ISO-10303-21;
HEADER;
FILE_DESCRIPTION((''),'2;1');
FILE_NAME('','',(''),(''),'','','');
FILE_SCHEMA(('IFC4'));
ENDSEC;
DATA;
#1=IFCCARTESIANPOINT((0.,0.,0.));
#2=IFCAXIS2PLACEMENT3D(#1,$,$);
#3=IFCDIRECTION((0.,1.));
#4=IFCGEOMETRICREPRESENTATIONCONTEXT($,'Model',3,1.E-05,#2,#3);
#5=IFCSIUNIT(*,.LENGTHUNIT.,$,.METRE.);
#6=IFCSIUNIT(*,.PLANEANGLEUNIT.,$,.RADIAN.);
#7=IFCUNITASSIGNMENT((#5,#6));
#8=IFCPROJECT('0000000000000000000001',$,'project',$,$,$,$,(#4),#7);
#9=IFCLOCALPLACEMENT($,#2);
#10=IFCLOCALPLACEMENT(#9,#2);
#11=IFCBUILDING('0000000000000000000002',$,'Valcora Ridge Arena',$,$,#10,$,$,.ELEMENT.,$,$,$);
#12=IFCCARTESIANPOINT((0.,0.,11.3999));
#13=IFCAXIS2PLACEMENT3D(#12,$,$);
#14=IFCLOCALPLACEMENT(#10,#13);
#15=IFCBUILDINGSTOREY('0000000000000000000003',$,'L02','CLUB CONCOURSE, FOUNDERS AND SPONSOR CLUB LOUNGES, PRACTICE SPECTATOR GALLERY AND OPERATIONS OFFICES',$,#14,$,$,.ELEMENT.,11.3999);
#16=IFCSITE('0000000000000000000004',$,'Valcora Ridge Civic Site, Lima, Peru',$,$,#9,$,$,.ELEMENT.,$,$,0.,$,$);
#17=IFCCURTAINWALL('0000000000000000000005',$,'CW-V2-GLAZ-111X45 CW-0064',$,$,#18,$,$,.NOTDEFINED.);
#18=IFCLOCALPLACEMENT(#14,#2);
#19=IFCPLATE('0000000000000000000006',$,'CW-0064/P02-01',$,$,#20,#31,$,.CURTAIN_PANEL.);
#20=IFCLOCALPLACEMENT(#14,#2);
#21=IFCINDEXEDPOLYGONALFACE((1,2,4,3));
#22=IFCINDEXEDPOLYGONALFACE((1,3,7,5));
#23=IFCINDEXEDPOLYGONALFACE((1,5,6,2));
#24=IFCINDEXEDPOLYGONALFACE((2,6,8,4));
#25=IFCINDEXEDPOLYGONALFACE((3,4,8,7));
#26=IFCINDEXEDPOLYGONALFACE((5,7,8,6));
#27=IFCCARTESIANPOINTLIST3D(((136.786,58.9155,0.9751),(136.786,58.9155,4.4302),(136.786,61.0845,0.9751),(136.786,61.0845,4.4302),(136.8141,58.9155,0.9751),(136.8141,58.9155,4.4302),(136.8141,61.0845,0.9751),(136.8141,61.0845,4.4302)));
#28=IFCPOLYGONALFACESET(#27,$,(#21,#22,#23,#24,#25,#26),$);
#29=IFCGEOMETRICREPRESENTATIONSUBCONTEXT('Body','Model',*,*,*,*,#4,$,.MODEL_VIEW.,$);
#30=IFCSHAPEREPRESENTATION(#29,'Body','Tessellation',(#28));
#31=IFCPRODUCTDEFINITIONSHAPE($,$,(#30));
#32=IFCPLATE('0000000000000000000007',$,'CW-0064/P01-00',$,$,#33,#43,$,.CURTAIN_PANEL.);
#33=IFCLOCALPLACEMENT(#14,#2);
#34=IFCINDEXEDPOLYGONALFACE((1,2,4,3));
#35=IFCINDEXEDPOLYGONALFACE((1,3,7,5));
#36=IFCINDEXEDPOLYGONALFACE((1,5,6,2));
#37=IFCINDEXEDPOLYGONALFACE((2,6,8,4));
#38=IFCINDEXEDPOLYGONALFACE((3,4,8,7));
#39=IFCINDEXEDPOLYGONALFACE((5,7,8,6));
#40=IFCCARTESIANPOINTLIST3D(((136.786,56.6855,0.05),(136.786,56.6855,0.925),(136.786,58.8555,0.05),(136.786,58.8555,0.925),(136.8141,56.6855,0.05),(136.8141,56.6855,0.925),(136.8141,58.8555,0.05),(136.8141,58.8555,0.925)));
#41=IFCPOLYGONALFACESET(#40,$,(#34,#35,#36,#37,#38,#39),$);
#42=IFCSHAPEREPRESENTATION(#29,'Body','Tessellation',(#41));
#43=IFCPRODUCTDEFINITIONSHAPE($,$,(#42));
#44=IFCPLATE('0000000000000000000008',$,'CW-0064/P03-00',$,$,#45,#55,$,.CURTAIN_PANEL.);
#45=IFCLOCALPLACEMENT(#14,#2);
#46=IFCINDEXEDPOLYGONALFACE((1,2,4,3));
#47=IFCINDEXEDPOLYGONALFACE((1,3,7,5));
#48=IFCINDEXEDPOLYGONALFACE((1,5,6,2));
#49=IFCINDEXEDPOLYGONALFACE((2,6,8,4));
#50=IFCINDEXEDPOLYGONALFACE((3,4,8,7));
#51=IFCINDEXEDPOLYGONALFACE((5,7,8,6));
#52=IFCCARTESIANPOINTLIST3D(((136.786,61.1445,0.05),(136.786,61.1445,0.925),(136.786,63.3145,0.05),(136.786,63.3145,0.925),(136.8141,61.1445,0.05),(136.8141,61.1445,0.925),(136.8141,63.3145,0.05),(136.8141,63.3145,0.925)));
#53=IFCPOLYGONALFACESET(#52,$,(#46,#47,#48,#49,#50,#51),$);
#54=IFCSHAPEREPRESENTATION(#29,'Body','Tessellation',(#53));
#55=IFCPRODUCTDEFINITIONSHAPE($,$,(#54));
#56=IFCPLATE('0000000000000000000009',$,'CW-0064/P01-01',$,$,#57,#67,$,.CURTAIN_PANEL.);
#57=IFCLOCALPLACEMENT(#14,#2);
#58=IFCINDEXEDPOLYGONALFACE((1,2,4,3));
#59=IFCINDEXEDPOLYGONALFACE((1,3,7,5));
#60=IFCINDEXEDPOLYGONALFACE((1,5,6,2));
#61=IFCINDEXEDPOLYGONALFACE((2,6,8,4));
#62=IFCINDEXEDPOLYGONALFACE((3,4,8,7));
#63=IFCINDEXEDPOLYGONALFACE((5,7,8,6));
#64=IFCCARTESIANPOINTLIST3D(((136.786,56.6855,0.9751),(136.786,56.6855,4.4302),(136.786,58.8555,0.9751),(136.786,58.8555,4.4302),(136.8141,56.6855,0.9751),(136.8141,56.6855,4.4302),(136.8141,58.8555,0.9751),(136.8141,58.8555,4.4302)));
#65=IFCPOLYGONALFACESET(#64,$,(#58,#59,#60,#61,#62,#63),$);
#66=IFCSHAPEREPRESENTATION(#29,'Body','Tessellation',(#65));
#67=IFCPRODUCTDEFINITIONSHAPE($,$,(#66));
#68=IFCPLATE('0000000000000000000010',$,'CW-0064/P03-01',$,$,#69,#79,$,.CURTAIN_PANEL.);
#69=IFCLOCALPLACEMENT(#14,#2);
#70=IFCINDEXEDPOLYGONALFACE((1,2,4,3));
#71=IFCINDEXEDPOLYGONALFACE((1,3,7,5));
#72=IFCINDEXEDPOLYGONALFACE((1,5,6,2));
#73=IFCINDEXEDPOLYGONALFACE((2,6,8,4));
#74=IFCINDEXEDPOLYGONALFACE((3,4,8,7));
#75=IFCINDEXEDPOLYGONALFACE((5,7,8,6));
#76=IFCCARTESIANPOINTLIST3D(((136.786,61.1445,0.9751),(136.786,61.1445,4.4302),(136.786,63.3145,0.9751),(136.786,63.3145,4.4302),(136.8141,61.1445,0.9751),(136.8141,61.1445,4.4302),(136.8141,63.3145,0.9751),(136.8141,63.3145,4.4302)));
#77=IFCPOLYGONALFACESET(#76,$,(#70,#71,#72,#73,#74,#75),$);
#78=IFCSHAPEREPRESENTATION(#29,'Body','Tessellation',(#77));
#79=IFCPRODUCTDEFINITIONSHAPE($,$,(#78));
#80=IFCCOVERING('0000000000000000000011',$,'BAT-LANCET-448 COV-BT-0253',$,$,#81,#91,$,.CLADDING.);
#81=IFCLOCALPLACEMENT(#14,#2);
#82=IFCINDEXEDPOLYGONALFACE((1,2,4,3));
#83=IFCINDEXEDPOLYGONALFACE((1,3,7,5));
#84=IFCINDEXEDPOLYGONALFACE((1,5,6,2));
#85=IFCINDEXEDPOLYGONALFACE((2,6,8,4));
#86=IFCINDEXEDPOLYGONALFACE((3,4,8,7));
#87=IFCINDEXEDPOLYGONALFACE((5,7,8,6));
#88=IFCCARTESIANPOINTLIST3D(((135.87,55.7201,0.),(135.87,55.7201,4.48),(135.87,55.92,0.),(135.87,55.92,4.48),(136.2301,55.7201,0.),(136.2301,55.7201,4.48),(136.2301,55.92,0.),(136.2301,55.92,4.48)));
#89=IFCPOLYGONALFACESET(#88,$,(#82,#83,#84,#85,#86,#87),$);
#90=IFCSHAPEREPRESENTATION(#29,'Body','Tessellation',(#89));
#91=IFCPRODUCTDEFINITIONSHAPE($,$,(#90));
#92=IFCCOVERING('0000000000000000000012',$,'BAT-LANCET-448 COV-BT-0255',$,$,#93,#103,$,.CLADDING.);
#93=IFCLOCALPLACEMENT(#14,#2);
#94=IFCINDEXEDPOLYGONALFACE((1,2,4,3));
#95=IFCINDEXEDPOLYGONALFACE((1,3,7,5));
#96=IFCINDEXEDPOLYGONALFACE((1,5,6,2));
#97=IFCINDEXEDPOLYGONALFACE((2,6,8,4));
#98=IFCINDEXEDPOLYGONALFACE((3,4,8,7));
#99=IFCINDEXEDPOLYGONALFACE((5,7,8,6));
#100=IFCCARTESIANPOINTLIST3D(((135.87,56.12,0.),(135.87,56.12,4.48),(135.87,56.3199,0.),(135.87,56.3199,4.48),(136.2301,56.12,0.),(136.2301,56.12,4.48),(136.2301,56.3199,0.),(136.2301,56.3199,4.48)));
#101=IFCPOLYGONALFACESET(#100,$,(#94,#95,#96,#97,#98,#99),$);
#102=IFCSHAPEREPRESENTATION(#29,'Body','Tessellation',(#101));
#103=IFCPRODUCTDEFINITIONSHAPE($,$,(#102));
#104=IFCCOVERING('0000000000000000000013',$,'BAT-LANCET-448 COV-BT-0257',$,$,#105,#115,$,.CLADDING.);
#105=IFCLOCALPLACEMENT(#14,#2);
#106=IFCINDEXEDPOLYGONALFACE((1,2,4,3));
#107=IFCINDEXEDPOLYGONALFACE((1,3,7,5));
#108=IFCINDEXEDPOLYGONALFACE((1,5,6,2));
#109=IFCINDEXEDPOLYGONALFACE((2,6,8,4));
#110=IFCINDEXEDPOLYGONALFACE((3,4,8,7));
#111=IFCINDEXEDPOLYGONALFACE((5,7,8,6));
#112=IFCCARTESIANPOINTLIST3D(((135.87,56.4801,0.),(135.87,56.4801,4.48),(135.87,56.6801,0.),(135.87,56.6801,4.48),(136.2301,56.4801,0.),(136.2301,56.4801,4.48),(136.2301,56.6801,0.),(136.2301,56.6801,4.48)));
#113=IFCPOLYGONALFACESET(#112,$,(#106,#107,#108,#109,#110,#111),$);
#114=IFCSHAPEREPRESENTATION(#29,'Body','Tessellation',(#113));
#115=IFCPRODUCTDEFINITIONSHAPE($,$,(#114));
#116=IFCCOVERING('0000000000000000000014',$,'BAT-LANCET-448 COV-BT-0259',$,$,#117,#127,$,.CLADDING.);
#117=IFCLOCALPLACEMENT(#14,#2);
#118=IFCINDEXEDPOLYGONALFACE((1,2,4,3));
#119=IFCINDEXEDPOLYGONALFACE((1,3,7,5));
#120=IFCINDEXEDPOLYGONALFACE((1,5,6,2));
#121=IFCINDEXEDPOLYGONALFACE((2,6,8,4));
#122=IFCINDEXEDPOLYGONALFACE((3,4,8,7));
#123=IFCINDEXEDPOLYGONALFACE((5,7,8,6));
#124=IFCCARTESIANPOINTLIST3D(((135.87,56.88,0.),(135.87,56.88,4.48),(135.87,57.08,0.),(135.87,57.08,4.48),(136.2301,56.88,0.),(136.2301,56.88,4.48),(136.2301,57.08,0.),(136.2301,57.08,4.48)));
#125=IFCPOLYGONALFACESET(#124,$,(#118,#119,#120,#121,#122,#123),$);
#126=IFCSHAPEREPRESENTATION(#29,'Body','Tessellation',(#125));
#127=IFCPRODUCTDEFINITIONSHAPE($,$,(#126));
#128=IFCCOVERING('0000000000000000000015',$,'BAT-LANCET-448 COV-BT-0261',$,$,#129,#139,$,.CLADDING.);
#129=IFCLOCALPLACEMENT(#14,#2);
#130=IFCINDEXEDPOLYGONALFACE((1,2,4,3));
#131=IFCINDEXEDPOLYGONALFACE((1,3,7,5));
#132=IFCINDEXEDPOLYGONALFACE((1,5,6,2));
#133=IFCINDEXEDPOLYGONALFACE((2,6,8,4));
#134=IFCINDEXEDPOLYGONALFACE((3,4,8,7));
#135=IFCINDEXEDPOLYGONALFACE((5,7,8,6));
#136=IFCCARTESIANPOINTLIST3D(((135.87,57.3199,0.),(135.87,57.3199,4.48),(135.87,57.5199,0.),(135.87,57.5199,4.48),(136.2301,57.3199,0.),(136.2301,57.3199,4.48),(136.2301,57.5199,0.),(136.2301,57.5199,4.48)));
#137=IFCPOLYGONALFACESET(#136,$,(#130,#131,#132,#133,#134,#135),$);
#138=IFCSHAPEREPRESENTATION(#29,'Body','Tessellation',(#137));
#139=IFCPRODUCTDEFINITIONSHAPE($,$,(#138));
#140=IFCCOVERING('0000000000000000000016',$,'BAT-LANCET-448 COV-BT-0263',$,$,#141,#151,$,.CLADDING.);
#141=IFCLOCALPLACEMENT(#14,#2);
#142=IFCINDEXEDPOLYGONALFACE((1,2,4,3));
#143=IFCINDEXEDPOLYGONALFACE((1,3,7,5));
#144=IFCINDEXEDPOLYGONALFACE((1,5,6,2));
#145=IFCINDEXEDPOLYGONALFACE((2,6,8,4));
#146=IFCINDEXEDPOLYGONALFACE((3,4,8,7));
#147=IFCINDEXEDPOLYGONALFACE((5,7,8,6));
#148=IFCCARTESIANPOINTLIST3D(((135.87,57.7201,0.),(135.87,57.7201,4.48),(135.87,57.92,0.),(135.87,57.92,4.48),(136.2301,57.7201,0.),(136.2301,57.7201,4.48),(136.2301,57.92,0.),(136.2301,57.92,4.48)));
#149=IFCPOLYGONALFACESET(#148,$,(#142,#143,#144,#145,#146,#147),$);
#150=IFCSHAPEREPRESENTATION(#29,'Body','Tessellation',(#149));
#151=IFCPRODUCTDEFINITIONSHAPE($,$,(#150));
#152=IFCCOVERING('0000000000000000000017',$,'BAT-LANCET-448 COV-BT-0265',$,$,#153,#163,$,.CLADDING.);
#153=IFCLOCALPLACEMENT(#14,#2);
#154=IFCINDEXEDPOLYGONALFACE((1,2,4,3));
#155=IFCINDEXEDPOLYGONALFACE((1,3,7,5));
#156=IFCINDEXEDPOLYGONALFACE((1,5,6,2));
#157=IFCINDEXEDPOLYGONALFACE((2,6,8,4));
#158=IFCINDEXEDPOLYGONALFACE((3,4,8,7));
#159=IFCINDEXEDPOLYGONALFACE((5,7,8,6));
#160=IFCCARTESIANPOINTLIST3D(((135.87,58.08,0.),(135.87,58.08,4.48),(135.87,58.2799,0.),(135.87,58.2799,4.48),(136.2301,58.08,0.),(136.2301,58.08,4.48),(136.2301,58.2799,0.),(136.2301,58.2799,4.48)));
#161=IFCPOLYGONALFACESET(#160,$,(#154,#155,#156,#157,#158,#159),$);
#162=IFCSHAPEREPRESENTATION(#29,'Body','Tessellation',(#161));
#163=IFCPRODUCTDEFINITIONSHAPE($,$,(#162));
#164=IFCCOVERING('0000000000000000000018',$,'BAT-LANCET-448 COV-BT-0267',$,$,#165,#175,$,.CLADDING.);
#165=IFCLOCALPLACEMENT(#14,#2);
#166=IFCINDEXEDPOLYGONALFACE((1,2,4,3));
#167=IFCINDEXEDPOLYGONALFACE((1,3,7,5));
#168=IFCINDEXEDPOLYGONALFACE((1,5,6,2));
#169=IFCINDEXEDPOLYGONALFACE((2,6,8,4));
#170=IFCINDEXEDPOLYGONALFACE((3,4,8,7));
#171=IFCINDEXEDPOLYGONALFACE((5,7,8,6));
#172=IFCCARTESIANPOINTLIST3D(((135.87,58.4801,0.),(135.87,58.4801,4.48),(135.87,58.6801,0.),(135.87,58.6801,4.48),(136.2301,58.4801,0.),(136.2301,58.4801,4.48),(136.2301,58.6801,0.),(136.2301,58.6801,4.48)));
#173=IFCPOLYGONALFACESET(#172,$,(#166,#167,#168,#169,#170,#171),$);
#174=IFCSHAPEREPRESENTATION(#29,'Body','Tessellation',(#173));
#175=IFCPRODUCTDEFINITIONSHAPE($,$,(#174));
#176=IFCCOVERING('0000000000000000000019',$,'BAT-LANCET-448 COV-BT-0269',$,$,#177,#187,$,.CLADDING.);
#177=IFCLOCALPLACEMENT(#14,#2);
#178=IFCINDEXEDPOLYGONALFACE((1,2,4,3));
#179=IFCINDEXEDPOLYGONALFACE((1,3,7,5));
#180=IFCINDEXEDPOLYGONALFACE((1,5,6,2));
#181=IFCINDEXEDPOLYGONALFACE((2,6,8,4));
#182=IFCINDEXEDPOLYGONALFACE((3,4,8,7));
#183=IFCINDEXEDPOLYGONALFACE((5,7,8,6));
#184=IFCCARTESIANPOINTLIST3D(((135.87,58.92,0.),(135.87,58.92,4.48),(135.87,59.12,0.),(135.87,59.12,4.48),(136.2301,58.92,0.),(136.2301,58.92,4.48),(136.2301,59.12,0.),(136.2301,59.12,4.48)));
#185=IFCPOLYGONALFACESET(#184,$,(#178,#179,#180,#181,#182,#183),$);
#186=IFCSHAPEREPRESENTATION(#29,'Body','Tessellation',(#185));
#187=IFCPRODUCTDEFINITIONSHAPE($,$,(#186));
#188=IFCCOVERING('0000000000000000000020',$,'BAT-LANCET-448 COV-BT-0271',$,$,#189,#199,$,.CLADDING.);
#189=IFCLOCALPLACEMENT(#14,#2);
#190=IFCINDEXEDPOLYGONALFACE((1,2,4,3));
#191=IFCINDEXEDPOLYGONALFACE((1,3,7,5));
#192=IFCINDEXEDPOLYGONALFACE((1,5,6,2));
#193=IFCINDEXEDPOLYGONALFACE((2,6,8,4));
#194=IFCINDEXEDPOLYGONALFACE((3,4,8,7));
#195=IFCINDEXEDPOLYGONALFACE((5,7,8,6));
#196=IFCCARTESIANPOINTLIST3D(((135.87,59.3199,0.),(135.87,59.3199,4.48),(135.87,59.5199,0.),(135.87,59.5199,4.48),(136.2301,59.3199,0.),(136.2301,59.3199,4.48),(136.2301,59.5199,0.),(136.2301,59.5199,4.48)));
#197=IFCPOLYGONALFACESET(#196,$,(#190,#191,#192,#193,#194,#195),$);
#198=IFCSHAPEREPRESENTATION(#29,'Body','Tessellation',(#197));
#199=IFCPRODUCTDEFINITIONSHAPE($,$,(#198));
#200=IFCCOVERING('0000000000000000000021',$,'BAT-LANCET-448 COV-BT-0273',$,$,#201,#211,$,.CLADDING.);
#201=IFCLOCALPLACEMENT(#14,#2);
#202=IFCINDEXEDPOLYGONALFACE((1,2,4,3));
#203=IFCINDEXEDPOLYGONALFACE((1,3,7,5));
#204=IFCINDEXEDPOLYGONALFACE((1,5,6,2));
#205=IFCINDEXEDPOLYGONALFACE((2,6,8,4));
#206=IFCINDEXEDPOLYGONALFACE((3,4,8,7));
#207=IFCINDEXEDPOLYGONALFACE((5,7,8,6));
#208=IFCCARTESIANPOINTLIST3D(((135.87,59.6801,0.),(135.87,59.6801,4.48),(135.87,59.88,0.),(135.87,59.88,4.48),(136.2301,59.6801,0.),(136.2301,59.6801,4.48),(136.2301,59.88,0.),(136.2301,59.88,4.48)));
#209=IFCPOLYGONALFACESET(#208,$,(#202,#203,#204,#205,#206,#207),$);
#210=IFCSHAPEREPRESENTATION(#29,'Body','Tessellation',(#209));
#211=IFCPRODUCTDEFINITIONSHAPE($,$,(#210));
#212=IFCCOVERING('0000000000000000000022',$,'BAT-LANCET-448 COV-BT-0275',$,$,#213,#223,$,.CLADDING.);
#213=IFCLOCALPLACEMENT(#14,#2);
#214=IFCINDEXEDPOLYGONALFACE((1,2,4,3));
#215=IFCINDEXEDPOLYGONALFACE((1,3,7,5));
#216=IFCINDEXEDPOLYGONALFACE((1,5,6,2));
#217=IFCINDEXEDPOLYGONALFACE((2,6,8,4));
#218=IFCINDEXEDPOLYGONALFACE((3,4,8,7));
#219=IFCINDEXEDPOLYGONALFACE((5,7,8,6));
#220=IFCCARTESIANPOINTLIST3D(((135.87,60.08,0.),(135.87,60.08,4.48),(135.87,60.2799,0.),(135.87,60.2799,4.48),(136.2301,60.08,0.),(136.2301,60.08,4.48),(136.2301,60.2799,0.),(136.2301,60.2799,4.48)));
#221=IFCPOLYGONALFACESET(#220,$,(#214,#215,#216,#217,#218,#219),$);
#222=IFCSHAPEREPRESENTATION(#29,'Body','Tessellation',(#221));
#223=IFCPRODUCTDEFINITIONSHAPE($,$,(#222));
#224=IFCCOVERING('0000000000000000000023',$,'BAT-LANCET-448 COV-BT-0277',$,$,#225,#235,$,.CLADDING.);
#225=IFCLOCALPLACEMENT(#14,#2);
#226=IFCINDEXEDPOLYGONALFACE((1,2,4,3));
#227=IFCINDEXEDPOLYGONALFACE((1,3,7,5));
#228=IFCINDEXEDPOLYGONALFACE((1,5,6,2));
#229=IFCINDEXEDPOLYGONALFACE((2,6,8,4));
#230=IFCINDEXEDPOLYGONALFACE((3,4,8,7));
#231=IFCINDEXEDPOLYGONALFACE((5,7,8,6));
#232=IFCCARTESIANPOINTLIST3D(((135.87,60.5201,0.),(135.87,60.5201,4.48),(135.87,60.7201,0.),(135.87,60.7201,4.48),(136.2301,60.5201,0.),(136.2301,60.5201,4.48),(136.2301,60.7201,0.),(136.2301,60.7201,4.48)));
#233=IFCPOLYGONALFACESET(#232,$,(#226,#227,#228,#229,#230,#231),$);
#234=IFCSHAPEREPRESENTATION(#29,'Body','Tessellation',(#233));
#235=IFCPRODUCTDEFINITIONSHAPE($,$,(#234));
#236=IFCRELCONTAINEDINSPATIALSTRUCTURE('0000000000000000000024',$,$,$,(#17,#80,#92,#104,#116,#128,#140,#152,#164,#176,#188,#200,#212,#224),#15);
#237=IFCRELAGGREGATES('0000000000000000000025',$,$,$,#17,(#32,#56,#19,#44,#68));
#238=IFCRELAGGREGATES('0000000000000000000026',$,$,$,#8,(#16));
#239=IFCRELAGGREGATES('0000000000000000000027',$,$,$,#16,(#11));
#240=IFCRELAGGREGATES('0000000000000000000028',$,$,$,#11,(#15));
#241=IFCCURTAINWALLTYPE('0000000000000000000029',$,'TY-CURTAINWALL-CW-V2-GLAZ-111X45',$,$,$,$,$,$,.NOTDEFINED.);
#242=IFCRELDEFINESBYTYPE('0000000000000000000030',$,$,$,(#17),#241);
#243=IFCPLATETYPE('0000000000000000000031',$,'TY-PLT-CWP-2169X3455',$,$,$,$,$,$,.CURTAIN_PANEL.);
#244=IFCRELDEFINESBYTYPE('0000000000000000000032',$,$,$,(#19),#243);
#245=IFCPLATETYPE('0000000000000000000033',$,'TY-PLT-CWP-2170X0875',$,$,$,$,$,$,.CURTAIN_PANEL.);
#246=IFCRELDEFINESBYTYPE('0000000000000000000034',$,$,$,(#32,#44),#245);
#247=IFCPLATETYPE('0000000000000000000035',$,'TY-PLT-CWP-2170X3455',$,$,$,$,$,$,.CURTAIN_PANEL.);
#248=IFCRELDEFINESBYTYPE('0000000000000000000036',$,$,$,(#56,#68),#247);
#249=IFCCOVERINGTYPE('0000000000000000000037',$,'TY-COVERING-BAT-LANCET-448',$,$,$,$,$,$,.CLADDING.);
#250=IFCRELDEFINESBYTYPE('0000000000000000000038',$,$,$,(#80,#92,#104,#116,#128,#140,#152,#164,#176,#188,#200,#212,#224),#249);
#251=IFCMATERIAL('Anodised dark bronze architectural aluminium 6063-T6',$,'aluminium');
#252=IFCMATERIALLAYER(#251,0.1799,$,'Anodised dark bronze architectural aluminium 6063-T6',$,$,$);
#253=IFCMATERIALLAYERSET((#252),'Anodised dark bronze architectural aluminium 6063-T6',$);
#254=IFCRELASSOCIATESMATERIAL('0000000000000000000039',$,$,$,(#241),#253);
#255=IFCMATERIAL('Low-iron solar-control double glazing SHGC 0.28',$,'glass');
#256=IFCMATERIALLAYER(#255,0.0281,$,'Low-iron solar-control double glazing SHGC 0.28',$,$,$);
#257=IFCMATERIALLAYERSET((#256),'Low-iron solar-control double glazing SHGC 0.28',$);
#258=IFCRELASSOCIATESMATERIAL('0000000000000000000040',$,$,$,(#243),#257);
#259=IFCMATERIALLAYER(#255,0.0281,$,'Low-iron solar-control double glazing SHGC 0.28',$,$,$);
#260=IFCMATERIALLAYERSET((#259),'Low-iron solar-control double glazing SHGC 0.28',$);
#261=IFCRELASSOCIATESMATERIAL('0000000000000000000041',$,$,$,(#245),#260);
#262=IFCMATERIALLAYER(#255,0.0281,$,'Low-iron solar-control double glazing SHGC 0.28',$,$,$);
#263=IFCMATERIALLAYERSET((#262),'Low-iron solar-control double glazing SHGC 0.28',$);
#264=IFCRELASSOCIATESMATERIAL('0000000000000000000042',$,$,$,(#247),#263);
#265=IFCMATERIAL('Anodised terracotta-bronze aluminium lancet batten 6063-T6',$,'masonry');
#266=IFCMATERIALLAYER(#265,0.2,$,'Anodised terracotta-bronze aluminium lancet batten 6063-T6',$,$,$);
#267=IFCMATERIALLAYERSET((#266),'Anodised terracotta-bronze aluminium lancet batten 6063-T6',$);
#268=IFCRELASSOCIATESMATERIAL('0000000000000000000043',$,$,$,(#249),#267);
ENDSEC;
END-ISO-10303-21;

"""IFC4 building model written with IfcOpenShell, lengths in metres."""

from ifc_helpers import new_model, si_unit, direction, frame, origin, origin_2d, place, context, subcontext, project, spatial, rectangle, extrude, material, layer, layer_set, type_object, element, aggregate, save


model = new_model("IFC4")

# Units and contexts
model_context = context("Model", 3, precision=1e-05, world=origin(), true_north=direction((0.0, 1.0)))
body_context = subcontext(model_context, "Body", "Model", "MODEL_VIEW")
ifc_project = project(units=[si_unit("LENGTHUNIT", "METRE"), si_unit("PLANEANGLEUNIT", "RADIAN")], contexts=[model_context])

# Site, building, storey
site_placement = place(None, origin())
site = spatial("IfcSite", under=ifc_project, at=site_placement, Name="Valcora Ridge Civic Site, Lima, Peru", CompositionType="ELEMENT", RefElevation=0.0)
building_placement = place(site_placement, origin())
building = spatial("IfcBuilding", under=site, at=building_placement, Name="Valcora Ridge Arena", CompositionType="ELEMENT")
storey_placement = place(building_placement, frame((0.0, 0.0, 11.3999)))
storey = spatial("IfcBuildingStorey", under=building, at=storey_placement, Name="L02", Description="CLUB CONCOURSE, FOUNDERS AND SPONSOR CLUB LOUNGES, PRACTICE SPECTATOR GALLERY AND OPERATIONS OFFICES", CompositionType="ELEMENT", Elevation=11.3999)

# Curtain wall, plates
ifc_material_1 = material(Name="Anodised dark bronze architectural aluminium 6063-T6", Category="aluminium")
ifc_layer_1 = layer(ifc_material_1, 0.1799, Name="Anodised dark bronze architectural aluminium 6063-T6")
ifc_layer_set_1 = layer_set([ifc_layer_1], Name="Anodised dark bronze architectural aluminium 6063-T6")
curtain_wall_type = type_object("IfcCurtainWallType", Name="TY-CURTAINWALL-CW-V2-GLAZ-111X45", PredefinedType="NOTDEFINED", material=ifc_layer_set_1)
curtain_wall_placement = place(storey_placement, origin())
curtain_wall = element("IfcCurtainWall", 1, at=curtain_wall_placement, inside=storey, type_object=curtain_wall_type, Name="CW-V2-GLAZ-111X45 CW-0064", PredefinedType="NOTDEFINED")
ifc_material_2 = material(Name="Low-iron solar-control double glazing SHGC 0.28", Category="glass")
ifc_layer_2 = layer(ifc_material_2, 0.0281, Name="Low-iron solar-control double glazing SHGC 0.28")
ifc_layer_set_2 = layer_set([ifc_layer_2], Name="Low-iron solar-control double glazing SHGC 0.28")
plate_type_1 = type_object("IfcPlateType", Name="TY-PLT-CWP-2169X3455", PredefinedType="CURTAIN_PANEL", material=ifc_layer_set_2)
plate_1_placement = place(storey_placement, frame((136.8, 60.0, 0.9751), z_axis=(0.0, 0.0, 1.0), x_axis=(0.0, 1.0, 0.0)))
plate_1 = element("IfcPlate", 2, at=plate_1_placement, type_object=plate_type_1, Name="CW-0064/P02-01", PredefinedType="CURTAIN_PANEL", context=body_context, shape_type="SweptSolid", body=[
    extrude(rectangle(XDim=2.1689, YDim=0.0281, at=origin_2d()), origin(), (0.0, 0.0, 1.0), 3.4551),
])
ifc_layer_3 = layer(ifc_material_2, 0.0281, Name="Low-iron solar-control double glazing SHGC 0.28")
ifc_layer_set_3 = layer_set([ifc_layer_3], Name="Low-iron solar-control double glazing SHGC 0.28")
plate_type_2 = type_object("IfcPlateType", Name="TY-PLT-CWP-2170X0875", PredefinedType="CURTAIN_PANEL", material=ifc_layer_set_3)
plate_2_placement = place(storey_placement, frame((136.8, 57.7705, 0.05), z_axis=(0.0, 0.0, 1.0), x_axis=(0.0, 1.0, 0.0)))
plate_2 = element("IfcPlate", 3, at=plate_2_placement, type_object=plate_type_2, Name="CW-0064/P01-00", PredefinedType="CURTAIN_PANEL", context=body_context, shape_type="SweptSolid", body=[
    extrude(rectangle(XDim=2.1699, YDim=0.0281, at=origin_2d()), origin(), (0.0, 0.0, 1.0), 0.875),
])
plate_3_placement = place(storey_placement, frame((136.8, 62.2295, 0.05), z_axis=(0.0, 0.0, 1.0), x_axis=(0.0, 1.0, 0.0)))
plate_3 = element("IfcPlate", 4, at=plate_3_placement, type_object=plate_type_2, Name="CW-0064/P03-00", PredefinedType="CURTAIN_PANEL", context=body_context, shape_type="SweptSolid", body=[
    extrude(rectangle(XDim=2.1699, YDim=0.0281, at=origin_2d()), origin(), (0.0, 0.0, 1.0), 0.875),
])
ifc_layer_4 = layer(ifc_material_2, 0.0281, Name="Low-iron solar-control double glazing SHGC 0.28")
ifc_layer_set_4 = layer_set([ifc_layer_4], Name="Low-iron solar-control double glazing SHGC 0.28")
plate_type_3 = type_object("IfcPlateType", Name="TY-PLT-CWP-2170X3455", PredefinedType="CURTAIN_PANEL", material=ifc_layer_set_4)
plate_4_placement = place(storey_placement, frame((136.8, 57.7705, 0.9751), z_axis=(0.0, 0.0, 1.0), x_axis=(0.0, 1.0, 0.0)))
plate_4 = element("IfcPlate", 5, at=plate_4_placement, type_object=plate_type_3, Name="CW-0064/P01-01", PredefinedType="CURTAIN_PANEL", context=body_context, shape_type="SweptSolid", body=[
    extrude(rectangle(XDim=2.1699, YDim=0.0281, at=origin_2d()), origin(), (0.0, 0.0, 1.0), 3.4551),
])
plate_5_placement = place(storey_placement, frame((136.8, 62.2295, 0.9751), z_axis=(0.0, 0.0, 1.0), x_axis=(0.0, 1.0, 0.0)))
plate_5 = element("IfcPlate", 6, at=plate_5_placement, type_object=plate_type_3, Name="CW-0064/P03-01", PredefinedType="CURTAIN_PANEL", context=body_context, shape_type="SweptSolid", body=[
    extrude(rectangle(XDim=2.1699, YDim=0.0281, at=origin_2d()), origin(), (0.0, 0.0, 1.0), 3.4551),
])
aggregate(curtain_wall, [plate_2, plate_4, plate_1, plate_3, plate_5])

# Coverings
ifc_material_3 = material(Name="Anodised terracotta-bronze aluminium lancet batten 6063-T6", Category="masonry")
ifc_layer_5 = layer(ifc_material_3, 0.2, Name="Anodised terracotta-bronze aluminium lancet batten 6063-T6")
ifc_layer_set_5 = layer_set([ifc_layer_5], Name="Anodised terracotta-bronze aluminium lancet batten 6063-T6")
covering_type = type_object("IfcCoveringType", Name="TY-COVERING-BAT-LANCET-448", PredefinedType="CLADDING", material=ifc_layer_set_5)
for number, where, z_axis, x_axis, name in (
    (7, (136.05, 55.8201, 0.0), (0.0, 0.0, 1.0), (1.0, 0.0, 0.0), "BAT-LANCET-448 COV-BT-0253"),
    (8, (136.05, 56.22, 0.0), (0.0, 0.0, 1.0), (1.0, 0.0, 0.0), "BAT-LANCET-448 COV-BT-0255"),
    (9, (136.05, 56.5801, 0.0), (0.0, 0.0, 1.0), (1.0, 0.0, 0.0), "BAT-LANCET-448 COV-BT-0257"),
    (10, (136.05, 56.98, 0.0), (0.0, 0.0, 1.0), (1.0, 0.0, 0.0), "BAT-LANCET-448 COV-BT-0259"),
    (11, (136.05, 57.4199, 0.0), (0.0, 0.0, 1.0), (1.0, 0.0, 0.0), "BAT-LANCET-448 COV-BT-0261"),
    (12, (136.05, 57.8201, 0.0), (0.0, 0.0, 1.0), (1.0, 0.0, 0.0), "BAT-LANCET-448 COV-BT-0263"),
    (13, (136.05, 58.1799, 0.0), (0.0, 0.0, 1.0), (1.0, 0.0, 0.0), "BAT-LANCET-448 COV-BT-0265"),
    (14, (136.05, 58.5801, 0.0), (0.0, 0.0, 1.0), (1.0, 0.0, 0.0), "BAT-LANCET-448 COV-BT-0267"),
    (15, (136.05, 59.02, 0.0), (0.0, 0.0, 1.0), (1.0, 0.0, 0.0), "BAT-LANCET-448 COV-BT-0269"),
    (16, (136.05, 59.4199, 0.0), (0.0, 0.0, 1.0), (1.0, 0.0, 0.0), "BAT-LANCET-448 COV-BT-0271"),
    (17, (136.05, 59.78, 0.0), (0.0, 0.0, 1.0), (1.0, 0.0, 0.0), "BAT-LANCET-448 COV-BT-0273"),
    (18, (136.05, 60.1799, 0.0), (0.0, 0.0, 1.0), (1.0, 0.0, 0.0), "BAT-LANCET-448 COV-BT-0275"),
    (19, (136.05, 60.6201, 0.0), (0.0, 0.0, 1.0), (1.0, 0.0, 0.0), "BAT-LANCET-448 COV-BT-0277"),
):
    element("IfcCovering", number, at=place(storey_placement, frame(where, z_axis=z_axis, x_axis=x_axis)), inside=storey, type_object=covering_type, Name=name, PredefinedType="CLADDING", context=body_context, shape_type="SweptSolid", body=[
        extrude(rectangle(XDim=0.3601, YDim=0.2, at=origin_2d()), origin(), (0.0, 0.0, 1.0), 4.48),
    ])

save(model, "model.ifc")
